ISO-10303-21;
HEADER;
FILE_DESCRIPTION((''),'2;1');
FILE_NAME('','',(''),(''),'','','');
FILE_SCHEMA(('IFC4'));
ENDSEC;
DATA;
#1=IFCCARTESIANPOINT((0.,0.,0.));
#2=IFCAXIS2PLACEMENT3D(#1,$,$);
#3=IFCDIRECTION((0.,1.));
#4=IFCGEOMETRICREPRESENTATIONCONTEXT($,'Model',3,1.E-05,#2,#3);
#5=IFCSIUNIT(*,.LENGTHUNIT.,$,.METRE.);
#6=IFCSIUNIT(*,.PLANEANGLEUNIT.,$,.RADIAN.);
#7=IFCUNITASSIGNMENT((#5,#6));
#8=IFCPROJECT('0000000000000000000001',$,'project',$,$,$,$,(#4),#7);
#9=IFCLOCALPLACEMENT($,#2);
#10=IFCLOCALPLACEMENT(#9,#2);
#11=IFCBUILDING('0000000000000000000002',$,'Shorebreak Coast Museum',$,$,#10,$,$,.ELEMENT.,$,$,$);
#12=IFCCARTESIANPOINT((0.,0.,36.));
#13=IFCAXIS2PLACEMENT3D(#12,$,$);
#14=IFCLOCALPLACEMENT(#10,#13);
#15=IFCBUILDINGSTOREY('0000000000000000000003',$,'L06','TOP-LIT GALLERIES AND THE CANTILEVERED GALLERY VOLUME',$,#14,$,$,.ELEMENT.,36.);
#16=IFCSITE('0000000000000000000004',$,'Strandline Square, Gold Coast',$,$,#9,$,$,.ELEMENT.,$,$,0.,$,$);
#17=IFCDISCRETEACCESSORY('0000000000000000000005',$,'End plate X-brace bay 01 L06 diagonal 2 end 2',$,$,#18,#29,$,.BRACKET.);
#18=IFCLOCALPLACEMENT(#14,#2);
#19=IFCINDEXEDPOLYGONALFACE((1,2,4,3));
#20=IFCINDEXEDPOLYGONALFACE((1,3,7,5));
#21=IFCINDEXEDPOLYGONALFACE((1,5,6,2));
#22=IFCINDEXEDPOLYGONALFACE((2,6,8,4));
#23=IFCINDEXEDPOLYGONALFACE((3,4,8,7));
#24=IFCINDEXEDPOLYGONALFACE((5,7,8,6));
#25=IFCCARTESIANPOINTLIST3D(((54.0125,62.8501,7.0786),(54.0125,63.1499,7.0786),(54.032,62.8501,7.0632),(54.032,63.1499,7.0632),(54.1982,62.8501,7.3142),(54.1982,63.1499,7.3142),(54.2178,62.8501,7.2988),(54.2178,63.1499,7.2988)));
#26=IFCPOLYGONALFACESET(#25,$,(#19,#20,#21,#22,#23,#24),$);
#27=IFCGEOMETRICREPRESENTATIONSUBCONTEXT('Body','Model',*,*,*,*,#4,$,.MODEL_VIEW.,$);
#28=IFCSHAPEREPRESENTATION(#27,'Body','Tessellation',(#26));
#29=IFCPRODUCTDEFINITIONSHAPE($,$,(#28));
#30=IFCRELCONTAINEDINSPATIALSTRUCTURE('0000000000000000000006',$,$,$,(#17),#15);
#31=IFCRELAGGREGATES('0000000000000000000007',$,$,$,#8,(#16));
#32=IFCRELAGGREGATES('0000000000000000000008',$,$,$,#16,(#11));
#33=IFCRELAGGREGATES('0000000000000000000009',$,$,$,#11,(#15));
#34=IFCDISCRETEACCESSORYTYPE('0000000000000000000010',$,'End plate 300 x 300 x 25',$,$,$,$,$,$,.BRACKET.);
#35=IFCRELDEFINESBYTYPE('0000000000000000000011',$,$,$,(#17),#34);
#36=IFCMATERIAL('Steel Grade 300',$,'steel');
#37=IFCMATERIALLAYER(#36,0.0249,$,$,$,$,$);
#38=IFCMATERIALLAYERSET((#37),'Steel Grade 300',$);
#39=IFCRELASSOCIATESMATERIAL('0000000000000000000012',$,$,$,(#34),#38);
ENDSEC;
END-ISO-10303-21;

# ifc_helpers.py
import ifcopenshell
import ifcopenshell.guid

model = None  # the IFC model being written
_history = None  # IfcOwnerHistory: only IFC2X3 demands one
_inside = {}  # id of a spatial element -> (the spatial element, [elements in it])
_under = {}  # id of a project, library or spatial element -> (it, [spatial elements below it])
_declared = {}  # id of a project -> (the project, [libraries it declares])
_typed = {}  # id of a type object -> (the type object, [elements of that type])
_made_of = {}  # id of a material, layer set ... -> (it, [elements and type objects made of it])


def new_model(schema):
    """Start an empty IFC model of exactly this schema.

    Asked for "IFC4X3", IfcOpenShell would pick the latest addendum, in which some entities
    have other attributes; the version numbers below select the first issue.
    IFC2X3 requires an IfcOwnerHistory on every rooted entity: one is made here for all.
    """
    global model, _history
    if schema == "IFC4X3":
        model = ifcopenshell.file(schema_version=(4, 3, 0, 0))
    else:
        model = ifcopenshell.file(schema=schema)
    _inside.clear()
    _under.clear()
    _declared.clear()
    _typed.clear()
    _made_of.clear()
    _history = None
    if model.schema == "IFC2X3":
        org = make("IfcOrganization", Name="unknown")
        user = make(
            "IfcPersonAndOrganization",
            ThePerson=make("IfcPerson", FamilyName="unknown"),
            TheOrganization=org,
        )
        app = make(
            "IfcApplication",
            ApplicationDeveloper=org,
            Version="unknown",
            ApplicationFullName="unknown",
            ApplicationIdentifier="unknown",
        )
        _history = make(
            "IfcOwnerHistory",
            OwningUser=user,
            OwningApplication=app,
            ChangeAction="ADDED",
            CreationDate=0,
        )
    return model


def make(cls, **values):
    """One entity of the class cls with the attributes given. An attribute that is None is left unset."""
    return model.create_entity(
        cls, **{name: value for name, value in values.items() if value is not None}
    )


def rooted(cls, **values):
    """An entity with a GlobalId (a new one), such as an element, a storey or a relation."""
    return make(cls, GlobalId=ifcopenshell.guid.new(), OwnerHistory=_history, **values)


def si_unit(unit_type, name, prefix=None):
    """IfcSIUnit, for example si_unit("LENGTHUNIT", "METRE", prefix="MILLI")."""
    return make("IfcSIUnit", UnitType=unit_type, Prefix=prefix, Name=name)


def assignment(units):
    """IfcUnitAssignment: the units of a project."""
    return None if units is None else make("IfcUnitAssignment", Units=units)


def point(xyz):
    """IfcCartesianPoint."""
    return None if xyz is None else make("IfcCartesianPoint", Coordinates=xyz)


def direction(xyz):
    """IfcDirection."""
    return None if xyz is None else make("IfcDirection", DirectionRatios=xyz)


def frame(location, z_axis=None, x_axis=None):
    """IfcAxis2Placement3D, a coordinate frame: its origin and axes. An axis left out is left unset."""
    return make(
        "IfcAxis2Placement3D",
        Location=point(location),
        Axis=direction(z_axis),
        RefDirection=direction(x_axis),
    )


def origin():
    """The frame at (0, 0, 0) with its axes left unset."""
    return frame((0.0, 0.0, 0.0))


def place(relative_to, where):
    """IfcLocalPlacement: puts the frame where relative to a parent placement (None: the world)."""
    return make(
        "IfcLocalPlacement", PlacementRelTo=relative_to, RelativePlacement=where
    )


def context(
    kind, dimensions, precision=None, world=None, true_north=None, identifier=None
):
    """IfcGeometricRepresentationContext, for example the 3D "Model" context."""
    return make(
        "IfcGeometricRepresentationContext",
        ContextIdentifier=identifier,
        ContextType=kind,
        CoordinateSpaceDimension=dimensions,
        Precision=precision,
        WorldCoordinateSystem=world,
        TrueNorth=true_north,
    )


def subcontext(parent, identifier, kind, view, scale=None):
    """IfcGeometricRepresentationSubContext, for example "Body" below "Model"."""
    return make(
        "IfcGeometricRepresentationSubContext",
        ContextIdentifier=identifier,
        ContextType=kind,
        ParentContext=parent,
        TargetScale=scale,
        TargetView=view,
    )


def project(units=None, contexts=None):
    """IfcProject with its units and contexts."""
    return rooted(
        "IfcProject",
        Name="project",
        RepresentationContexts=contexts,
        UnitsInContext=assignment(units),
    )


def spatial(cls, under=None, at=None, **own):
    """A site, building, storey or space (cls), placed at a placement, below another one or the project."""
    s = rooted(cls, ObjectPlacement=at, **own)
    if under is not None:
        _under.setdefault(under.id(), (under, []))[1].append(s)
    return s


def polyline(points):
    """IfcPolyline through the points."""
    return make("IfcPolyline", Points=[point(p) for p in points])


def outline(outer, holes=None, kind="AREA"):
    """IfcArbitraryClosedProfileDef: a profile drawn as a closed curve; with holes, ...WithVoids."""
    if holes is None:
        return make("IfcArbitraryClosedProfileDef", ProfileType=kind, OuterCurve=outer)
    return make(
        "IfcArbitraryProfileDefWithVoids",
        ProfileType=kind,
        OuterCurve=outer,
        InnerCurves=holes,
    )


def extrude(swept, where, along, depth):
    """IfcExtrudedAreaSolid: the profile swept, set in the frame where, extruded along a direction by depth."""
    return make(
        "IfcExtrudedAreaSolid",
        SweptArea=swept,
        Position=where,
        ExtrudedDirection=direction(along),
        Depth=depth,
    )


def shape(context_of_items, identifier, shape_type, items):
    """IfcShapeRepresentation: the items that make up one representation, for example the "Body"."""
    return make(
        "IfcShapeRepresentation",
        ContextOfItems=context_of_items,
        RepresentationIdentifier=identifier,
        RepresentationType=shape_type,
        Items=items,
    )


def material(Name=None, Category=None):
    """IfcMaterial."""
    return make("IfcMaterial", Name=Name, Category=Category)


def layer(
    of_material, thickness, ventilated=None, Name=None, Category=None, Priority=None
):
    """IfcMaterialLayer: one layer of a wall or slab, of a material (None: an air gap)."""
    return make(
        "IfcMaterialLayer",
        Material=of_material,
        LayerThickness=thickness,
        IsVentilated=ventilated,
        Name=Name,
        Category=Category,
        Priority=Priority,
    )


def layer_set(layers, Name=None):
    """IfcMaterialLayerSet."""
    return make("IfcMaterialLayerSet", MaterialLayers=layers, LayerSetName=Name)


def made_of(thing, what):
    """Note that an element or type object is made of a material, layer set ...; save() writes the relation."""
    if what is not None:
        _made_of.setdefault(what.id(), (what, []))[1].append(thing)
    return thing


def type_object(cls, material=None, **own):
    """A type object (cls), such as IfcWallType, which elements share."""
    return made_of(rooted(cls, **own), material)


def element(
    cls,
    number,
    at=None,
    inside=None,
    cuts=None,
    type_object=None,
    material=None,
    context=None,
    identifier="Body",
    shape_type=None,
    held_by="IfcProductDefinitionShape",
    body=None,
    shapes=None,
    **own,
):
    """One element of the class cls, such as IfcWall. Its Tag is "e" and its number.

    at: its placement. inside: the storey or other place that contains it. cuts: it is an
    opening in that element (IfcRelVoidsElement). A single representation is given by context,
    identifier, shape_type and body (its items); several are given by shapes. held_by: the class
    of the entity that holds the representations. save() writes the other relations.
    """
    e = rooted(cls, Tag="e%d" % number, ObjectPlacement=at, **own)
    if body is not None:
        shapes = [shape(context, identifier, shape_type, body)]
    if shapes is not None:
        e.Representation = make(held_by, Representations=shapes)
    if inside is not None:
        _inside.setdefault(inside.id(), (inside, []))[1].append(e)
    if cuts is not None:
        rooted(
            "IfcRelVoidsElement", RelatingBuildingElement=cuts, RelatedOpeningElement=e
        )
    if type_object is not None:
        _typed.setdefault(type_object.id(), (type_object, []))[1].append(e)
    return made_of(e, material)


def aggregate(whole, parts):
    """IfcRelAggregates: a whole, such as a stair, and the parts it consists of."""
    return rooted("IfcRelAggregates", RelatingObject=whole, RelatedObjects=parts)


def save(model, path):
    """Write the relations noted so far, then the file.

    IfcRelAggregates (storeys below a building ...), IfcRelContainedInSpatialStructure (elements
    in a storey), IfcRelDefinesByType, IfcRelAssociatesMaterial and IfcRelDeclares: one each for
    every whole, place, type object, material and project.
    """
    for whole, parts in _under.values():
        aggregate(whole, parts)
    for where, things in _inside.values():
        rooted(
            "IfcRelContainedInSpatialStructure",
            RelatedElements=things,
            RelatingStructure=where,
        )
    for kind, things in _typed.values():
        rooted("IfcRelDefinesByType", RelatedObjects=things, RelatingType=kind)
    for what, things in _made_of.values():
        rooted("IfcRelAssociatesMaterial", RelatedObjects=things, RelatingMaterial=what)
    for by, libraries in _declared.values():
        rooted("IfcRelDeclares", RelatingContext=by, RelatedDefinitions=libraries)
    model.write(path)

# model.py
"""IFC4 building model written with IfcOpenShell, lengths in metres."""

from ifc_helpers import new_model, si_unit, direction, frame, origin, place, context, subcontext, project, spatial, polyline, outline, extrude, material, layer, layer_set, type_object, element, save


model = new_model("IFC4")

# Units and contexts
model_context = context("Model", 3, precision=1e-05, world=origin(), true_north=direction((0.0, 1.0)))
body_context = subcontext(model_context, "Body", "Model", "MODEL_VIEW")
ifc_project = project(units=[si_unit("LENGTHUNIT", "METRE"), si_unit("PLANEANGLEUNIT", "RADIAN")], contexts=[model_context])

# Site, building, storey
site_placement = place(None, origin())
site = spatial("IfcSite", under=ifc_project, at=site_placement, Name="Strandline Square, Gold Coast", CompositionType="ELEMENT", RefElevation=0.0)
building_placement = place(site_placement, origin())
building = spatial("IfcBuilding", under=site, at=building_placement, Name="Shorebreak Coast Museum", CompositionType="ELEMENT")
storey_placement = place(building_placement, frame((0.0, 0.0, 36.0)))
storey = spatial("IfcBuildingStorey", under=building, at=storey_placement, Name="L06", Description="TOP-LIT GALLERIES AND THE CANTILEVERED GALLERY VOLUME", CompositionType="ELEMENT", Elevation=36.0)

# Discrete accessory
ifc_material_1 = material(Name="Steel Grade 300", Category="steel")
ifc_layer_1 = layer(ifc_material_1, 0.0249)
ifc_layer_set_1 = layer_set([ifc_layer_1], Name="Steel Grade 300")
discrete_accessory_type = type_object("IfcDiscreteAccessoryType", Name="End plate 300 x 300 x 25", PredefinedType="BRACKET", material=ifc_layer_set_1)
discrete_accessory_placement = place(storey_placement, frame((54.0125, 63.1499, 7.0786), z_axis=(-0.785216, 0.0, 0.619222), x_axis=(0.0, -1.0, 0.0)))
element("IfcDiscreteAccessory", 1, at=discrete_accessory_placement, inside=storey, type_object=discrete_accessory_type, Name="End plate X-brace bay 01 L06 diagonal 2 end 2", PredefinedType="BRACKET", context=body_context, shape_type="SweptSolid", body=[
    extrude(outline(polyline([(0.0, 0.0), (0.2998, 0.0), (0.2998, 0.3), (0.0, 0.3), (0.0, 0.0)])), origin(), (0.0, 0.0, -1.0), 0.0249),
])

save(model, "model.ifc")
